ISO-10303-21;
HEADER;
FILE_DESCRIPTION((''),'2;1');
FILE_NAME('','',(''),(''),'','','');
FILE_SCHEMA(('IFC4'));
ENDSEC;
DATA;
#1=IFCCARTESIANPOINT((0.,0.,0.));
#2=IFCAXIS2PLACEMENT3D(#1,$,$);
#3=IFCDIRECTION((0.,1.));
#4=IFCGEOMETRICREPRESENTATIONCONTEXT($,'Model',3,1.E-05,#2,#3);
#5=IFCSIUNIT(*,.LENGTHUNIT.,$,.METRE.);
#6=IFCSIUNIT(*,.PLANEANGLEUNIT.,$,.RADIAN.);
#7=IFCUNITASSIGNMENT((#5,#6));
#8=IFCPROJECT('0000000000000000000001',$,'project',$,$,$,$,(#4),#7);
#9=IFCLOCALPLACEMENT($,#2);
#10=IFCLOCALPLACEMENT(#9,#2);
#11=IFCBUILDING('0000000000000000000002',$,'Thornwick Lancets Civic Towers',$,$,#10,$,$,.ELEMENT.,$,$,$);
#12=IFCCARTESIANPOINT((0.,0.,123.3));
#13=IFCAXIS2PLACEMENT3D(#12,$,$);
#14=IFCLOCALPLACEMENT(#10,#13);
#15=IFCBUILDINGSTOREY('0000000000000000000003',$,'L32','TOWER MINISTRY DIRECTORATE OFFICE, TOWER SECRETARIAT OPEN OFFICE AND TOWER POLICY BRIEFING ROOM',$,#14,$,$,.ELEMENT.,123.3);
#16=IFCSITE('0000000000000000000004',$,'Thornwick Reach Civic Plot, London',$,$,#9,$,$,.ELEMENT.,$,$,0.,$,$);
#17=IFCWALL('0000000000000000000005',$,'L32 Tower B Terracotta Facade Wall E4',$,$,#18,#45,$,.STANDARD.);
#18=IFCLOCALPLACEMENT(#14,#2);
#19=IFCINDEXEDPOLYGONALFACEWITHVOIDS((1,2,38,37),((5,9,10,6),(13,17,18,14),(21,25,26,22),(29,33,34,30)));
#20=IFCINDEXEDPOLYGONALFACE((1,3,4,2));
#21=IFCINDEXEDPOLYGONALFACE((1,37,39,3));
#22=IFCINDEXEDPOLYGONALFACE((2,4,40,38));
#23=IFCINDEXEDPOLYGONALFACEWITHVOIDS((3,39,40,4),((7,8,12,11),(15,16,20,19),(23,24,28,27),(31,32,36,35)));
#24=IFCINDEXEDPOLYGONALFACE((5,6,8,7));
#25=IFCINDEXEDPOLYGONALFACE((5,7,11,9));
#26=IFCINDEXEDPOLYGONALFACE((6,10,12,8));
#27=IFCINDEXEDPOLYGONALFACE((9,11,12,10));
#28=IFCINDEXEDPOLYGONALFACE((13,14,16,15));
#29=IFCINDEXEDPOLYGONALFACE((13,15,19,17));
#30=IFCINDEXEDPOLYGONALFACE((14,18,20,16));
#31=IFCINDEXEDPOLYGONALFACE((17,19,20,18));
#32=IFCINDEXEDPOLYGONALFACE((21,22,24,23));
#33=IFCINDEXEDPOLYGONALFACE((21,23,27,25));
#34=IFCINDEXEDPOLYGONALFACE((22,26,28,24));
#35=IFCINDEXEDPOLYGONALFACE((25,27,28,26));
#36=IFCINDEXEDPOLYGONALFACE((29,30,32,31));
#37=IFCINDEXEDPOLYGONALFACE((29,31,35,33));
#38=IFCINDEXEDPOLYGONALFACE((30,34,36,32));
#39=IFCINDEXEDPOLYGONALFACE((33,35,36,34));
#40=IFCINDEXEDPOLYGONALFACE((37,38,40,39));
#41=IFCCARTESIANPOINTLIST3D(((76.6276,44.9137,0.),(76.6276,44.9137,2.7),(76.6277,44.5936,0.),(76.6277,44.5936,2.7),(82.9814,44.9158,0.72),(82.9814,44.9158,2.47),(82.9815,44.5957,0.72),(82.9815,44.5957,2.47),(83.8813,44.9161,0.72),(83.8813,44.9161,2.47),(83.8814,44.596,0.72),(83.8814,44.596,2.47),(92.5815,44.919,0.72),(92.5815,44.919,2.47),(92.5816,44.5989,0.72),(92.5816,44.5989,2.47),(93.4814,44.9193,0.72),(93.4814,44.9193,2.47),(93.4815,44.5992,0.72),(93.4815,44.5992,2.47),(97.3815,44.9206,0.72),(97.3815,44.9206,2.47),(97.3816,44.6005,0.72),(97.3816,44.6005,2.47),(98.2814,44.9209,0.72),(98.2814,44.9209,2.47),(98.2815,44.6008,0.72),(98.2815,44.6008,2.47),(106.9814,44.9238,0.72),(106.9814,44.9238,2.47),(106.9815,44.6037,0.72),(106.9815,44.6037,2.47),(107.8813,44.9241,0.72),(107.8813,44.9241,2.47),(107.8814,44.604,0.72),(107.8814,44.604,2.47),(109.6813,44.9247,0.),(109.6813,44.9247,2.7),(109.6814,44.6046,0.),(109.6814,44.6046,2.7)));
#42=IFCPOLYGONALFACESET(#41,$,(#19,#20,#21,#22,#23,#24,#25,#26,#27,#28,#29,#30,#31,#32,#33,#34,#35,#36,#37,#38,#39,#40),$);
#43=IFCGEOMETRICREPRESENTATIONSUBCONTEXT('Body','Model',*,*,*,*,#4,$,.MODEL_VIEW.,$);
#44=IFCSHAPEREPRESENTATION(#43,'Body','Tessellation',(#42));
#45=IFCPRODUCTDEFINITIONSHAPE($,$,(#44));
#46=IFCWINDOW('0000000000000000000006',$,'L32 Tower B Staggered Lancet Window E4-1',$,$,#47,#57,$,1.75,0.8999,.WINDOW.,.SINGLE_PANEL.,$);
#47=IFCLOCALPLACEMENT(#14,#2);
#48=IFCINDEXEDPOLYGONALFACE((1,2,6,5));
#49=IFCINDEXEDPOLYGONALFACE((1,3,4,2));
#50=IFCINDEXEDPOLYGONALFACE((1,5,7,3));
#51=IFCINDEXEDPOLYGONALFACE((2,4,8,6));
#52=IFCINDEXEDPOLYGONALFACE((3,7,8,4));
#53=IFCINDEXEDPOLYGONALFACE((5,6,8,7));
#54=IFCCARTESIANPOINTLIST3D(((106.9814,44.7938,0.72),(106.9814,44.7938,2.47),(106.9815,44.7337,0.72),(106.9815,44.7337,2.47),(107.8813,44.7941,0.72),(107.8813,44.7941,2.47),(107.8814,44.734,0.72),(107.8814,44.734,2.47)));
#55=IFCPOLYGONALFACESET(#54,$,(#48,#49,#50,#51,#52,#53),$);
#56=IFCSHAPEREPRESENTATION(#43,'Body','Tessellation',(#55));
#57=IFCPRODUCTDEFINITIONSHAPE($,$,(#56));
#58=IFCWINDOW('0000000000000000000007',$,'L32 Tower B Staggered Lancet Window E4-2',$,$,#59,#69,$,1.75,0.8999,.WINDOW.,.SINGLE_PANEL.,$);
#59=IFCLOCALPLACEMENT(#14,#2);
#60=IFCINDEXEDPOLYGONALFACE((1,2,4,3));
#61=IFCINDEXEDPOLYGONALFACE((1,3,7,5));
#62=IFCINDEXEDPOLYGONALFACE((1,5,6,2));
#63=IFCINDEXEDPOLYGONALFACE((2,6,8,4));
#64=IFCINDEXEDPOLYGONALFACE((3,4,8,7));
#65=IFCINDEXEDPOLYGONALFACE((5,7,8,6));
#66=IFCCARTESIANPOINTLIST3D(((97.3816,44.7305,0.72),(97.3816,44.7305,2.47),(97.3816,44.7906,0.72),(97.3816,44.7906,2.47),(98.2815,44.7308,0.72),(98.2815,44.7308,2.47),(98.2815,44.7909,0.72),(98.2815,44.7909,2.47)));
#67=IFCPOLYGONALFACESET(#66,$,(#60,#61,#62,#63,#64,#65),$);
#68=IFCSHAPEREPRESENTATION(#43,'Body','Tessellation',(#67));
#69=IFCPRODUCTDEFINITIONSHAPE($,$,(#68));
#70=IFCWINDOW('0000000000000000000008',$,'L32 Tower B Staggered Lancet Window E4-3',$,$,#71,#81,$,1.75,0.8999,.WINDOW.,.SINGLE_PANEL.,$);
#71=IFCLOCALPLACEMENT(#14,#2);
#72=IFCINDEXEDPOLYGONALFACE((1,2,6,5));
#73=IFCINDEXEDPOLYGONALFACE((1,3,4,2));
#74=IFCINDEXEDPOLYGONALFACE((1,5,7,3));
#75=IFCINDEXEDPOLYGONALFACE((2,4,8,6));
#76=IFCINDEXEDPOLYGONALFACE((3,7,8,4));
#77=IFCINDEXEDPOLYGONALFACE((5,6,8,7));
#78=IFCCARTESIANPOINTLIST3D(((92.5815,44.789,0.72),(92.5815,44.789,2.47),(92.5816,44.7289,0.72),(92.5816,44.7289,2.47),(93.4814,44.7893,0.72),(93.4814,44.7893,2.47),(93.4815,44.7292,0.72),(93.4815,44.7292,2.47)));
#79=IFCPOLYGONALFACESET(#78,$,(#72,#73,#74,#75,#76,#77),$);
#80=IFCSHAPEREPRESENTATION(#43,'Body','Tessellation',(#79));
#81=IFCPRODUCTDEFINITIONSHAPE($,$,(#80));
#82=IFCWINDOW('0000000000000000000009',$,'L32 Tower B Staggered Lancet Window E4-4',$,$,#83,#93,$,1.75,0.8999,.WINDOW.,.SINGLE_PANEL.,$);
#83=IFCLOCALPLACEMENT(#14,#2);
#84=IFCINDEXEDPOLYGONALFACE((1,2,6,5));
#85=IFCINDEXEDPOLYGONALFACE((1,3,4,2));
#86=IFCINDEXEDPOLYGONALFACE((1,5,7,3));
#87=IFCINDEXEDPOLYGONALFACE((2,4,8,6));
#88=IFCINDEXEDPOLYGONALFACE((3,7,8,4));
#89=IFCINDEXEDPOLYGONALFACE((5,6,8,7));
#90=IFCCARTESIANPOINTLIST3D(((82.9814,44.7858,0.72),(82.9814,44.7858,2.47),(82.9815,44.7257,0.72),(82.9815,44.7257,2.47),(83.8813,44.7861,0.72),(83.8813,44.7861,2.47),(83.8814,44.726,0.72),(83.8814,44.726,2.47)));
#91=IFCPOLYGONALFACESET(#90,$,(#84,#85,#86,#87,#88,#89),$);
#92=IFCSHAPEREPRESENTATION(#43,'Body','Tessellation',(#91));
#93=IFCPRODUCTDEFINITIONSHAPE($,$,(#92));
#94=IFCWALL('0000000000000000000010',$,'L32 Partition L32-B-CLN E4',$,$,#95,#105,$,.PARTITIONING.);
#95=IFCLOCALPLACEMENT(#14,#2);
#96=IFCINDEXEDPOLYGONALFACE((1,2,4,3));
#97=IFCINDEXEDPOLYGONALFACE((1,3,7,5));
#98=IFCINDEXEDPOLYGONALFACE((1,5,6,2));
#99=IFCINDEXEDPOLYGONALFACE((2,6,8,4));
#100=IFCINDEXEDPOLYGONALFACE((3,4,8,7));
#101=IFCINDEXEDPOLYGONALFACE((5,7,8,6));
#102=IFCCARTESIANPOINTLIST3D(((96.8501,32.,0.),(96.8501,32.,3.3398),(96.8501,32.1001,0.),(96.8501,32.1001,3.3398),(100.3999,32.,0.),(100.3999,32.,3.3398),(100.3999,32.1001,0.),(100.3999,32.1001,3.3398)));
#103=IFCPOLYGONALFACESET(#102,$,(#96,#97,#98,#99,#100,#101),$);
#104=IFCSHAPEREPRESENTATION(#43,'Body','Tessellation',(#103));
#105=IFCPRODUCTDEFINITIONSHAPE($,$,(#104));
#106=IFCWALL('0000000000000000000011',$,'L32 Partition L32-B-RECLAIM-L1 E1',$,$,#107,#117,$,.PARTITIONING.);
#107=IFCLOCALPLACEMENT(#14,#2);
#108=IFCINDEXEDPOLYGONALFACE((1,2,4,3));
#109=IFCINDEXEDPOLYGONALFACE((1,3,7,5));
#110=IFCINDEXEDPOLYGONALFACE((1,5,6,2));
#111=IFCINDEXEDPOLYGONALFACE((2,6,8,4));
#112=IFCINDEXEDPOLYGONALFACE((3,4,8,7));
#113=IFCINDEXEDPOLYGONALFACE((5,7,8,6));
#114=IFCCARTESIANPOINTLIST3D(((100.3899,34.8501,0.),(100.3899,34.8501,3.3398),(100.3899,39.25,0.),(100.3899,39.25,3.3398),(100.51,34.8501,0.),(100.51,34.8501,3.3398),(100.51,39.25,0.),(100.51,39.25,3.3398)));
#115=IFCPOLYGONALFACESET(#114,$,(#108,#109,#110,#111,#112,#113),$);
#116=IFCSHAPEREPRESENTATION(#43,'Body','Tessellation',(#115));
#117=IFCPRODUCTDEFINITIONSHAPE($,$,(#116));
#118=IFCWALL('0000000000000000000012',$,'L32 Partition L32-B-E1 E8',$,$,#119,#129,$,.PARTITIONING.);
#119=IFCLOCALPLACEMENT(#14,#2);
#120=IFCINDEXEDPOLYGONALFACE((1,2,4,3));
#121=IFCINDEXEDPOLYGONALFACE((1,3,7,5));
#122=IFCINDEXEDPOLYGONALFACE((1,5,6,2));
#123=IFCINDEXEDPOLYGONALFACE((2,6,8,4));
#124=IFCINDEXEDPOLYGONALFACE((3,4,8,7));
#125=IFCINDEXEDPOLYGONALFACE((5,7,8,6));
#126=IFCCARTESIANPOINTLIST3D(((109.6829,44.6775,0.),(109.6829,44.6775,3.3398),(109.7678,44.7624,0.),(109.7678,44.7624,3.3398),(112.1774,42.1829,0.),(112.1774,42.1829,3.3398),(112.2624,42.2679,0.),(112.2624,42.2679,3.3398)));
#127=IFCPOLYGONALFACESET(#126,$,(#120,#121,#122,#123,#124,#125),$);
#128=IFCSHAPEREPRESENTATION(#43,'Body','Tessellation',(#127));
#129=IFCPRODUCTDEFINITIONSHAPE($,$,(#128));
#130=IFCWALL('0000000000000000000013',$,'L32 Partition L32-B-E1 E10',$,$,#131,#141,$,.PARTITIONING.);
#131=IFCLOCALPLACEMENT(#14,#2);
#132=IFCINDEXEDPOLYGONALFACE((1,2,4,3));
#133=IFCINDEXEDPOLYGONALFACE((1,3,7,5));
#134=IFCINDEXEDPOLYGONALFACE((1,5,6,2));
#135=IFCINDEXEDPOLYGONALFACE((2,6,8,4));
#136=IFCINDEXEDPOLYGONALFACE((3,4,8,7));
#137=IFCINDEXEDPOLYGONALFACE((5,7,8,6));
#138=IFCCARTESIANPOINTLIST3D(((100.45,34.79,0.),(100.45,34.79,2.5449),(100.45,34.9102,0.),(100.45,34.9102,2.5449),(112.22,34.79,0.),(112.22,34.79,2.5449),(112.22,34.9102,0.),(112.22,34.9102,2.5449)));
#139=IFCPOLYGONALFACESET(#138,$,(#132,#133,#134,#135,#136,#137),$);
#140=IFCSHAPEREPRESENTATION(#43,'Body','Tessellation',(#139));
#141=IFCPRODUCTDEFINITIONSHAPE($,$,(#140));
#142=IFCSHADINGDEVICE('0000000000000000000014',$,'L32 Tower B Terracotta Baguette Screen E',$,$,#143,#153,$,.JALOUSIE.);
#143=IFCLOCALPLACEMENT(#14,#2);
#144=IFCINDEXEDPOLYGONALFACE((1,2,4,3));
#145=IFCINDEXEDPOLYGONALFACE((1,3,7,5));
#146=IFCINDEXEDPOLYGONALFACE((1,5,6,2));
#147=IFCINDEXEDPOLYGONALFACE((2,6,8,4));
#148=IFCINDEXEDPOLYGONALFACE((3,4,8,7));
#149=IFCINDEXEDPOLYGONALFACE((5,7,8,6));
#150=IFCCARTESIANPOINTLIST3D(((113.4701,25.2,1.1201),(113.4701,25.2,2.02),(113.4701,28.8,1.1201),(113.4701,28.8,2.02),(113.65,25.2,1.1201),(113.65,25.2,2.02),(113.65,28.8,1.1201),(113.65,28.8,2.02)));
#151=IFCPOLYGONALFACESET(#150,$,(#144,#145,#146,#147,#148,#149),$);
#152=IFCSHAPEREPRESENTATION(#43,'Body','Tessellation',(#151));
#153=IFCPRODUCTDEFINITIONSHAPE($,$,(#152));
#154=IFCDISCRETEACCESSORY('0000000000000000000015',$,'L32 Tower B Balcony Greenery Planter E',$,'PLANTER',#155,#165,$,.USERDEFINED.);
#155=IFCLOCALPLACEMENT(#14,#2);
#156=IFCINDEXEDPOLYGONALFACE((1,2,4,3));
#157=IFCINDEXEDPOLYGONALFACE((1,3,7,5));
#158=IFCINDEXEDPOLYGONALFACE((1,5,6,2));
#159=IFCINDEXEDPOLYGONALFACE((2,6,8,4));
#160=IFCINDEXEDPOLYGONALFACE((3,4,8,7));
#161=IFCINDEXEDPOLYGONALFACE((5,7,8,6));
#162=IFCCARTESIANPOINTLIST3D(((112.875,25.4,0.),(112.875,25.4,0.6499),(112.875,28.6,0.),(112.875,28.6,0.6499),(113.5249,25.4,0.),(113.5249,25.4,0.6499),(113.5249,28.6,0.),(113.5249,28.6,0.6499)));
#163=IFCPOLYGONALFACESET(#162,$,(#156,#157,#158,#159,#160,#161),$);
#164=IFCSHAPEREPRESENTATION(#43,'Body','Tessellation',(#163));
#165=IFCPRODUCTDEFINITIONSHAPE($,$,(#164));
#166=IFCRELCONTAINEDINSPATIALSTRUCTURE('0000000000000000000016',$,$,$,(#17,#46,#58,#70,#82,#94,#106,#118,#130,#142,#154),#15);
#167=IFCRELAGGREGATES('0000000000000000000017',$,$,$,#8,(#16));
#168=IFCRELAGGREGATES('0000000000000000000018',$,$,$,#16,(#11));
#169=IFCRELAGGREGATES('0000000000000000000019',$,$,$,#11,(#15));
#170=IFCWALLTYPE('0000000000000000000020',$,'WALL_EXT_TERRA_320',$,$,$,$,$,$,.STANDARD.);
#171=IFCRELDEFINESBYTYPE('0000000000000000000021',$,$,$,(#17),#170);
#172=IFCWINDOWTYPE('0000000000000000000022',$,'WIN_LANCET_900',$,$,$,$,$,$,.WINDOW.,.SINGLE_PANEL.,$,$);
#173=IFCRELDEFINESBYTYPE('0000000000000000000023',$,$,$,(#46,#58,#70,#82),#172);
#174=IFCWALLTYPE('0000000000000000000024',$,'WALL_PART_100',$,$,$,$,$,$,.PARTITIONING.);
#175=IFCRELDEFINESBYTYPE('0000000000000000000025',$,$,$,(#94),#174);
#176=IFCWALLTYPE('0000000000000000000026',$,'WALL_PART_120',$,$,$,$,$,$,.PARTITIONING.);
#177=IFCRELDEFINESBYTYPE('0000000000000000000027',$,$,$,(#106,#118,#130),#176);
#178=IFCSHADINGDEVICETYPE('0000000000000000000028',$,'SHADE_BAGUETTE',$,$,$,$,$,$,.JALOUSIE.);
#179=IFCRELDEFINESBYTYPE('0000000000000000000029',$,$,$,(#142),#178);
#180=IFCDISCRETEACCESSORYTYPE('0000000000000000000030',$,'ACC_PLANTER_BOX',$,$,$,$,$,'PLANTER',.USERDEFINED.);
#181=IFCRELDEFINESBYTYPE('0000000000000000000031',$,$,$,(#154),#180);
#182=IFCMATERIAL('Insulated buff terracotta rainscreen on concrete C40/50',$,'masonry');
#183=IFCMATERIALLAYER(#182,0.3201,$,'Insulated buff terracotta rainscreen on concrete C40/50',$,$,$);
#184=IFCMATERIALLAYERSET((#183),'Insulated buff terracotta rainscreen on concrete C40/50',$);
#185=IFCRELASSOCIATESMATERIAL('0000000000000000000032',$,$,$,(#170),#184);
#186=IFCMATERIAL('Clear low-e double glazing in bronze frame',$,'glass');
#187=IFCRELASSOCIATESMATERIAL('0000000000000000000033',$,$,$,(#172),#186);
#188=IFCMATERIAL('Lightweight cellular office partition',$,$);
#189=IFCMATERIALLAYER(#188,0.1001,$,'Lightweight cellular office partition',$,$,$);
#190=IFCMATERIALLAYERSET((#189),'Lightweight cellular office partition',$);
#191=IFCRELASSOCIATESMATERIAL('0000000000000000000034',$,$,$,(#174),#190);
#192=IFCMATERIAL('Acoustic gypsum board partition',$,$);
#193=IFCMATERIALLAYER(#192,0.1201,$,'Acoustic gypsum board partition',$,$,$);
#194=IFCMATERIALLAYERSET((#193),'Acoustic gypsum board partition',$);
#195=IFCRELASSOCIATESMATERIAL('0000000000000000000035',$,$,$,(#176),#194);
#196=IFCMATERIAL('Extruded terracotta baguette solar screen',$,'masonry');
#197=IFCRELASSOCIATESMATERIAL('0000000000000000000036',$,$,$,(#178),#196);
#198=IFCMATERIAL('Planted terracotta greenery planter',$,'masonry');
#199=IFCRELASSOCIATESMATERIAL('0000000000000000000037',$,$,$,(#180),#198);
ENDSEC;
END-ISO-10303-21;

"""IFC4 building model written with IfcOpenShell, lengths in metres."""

from ifc_helpers import new_model, si_unit, direction, frame, frame_2d, origin, origin_2d, place, context, subcontext, project, spatial, rectangle, extrude, material, layer, layer_set, type_object, element, fill, save


model = new_model("IFC4")

# Units and contexts
model_context = context("Model", 3, precision=1e-05, world=origin(), true_north=direction((0.0, 1.0)))
body_context = subcontext(model_context, "Body", "Model", "MODEL_VIEW")
ifc_project = project(units=[si_unit("LENGTHUNIT", "METRE"), si_unit("PLANEANGLEUNIT", "RADIAN")], contexts=[model_context])

# Site, building, storey
site_placement = place(None, origin())
site = spatial("IfcSite", under=ifc_project, at=site_placement, Name="Thornwick Reach Civic Plot, London", CompositionType="ELEMENT", RefElevation=0.0)
building_placement = place(site_placement, origin())
building = spatial("IfcBuilding", under=site, at=building_placement, Name="Thornwick Lancets Civic Towers", CompositionType="ELEMENT")
storey_placement = place(building_placement, frame((0.0, 0.0, 123.3)))
storey = spatial("IfcBuildingStorey", under=building, at=storey_placement, Name="L32", Description="TOWER MINISTRY DIRECTORATE OFFICE, TOWER SECRETARIAT OPEN OFFICE AND TOWER POLICY BRIEFING ROOM", CompositionType="ELEMENT", Elevation=123.3)

# Wall, openings, windows
ifc_material_1 = material(Name="Insulated buff terracotta rainscreen on concrete C40/50", Category="masonry")
ifc_layer_1 = layer(ifc_material_1, 0.3201, Name="Insulated buff terracotta rainscreen on concrete C40/50")
ifc_layer_set_1 = layer_set([ifc_layer_1], Name="Insulated buff terracotta rainscreen on concrete C40/50")
wall_type_1 = type_object("IfcWallType", Name="WALL_EXT_TERRA_320", PredefinedType="STANDARD", material=ifc_layer_set_1)
wall_1_placement = place(storey_placement, frame((109.6814, 44.7646, 0.0), z_axis=(0.0, 0.0, 1.0), x_axis=(-1.0, -0.000332, 0.0)))
wall_1 = element("IfcWall", 1, at=wall_1_placement, inside=storey, type_object=wall_type_1, Name="L32 Tower B Terracotta Facade Wall E4", PredefinedType="STANDARD", context=body_context, shape_type="SweptSolid", body=[
    extrude(rectangle(XDim=33.0537, YDim=0.3201, at=frame_2d((16.5269, 0.0))), origin(), (0.0, 0.0, 1.0), 2.7),
])
opening_1_placement = place(wall_1_placement, frame((1.8, 0.0, 0.72)))
opening_1 = element("IfcOpeningElement", 2, at=opening_1_placement, cuts=wall_1, PredefinedType="OPENING", context=body_context, shape_type="SweptSolid", body=[
    extrude(rectangle(XDim=0.8999, YDim=1.75, at=frame_2d((0.45, 0.875))), frame((0.0, 0.1699, 0.0), z_axis=(0.0, -1.0, 0.0), x_axis=(1.0, 0.0, 0.0)), (0.0, 0.0, 1.0), 0.3401),
])
opening_2_placement = place(wall_1_placement, frame((11.3999, 0.0, 0.72)))
opening_2 = element("IfcOpeningElement", 3, at=opening_2_placement, cuts=wall_1, PredefinedType="OPENING", context=body_context, shape_type="SweptSolid", body=[
    extrude(rectangle(XDim=0.8999, YDim=1.75, at=frame_2d((0.45, 0.875))), frame((0.0, 0.1699, 0.0), z_axis=(0.0, -1.0, 0.0), x_axis=(1.0, 0.0, 0.0)), (0.0, 0.0, 1.0), 0.3401),
])
opening_3_placement = place(wall_1_placement, frame((16.2, 0.0, 0.72)))
opening_3 = element("IfcOpeningElement", 4, at=opening_3_placement, cuts=wall_1, PredefinedType="OPENING", context=body_context, shape_type="SweptSolid", body=[
    extrude(rectangle(XDim=0.8999, YDim=1.75, at=frame_2d((0.45, 0.875))), frame((0.0, 0.1699, 0.0), z_axis=(0.0, -1.0, 0.0), x_axis=(1.0, 0.0, 0.0)), (0.0, 0.0, 1.0), 0.3401),
])
opening_4_placement = place(wall_1_placement, frame((25.8, 0.0, 0.72)))
opening_4 = element("IfcOpeningElement", 5, at=opening_4_placement, cuts=wall_1, PredefinedType="OPENING", context=body_context, shape_type="SweptSolid", body=[
    extrude(rectangle(XDim=0.8999, YDim=1.75, at=frame_2d((0.45, 0.875))), frame((0.0, 0.1699, 0.0), z_axis=(0.0, -1.0, 0.0), x_axis=(1.0, 0.0, 0.0)), (0.0, 0.0, 1.0), 0.3401),
])
ifc_material_2 = material(Name="Clear low-e double glazing in bronze frame", Category="glass")
window_type = type_object("IfcWindowType", Name="WIN_LANCET_900", PartitioningType="SINGLE_PANEL", PredefinedType="WINDOW", material=ifc_material_2)
window_1_placement = place(opening_1_placement, origin())
window_1 = element("IfcWindow", 6, at=window_1_placement, inside=storey, type_object=window_type, Name="L32 Tower B Staggered Lancet Window E4-1", OverallHeight=1.75, OverallWidth=0.8999, PartitioningType="SINGLE_PANEL", PredefinedType="WINDOW", context=body_context, shape_type="SweptSolid", body=[
    extrude(rectangle(XDim=0.8999, YDim=1.75, at=frame_2d((0.45, 0.875))), frame((0.0, 0.03, 0.0), z_axis=(0.0, -1.0, 0.0), x_axis=(1.0, 0.0, 0.0)), (0.0, 0.0, 1.0), 0.0601),
])
fill(opening_1, window_1)
window_2_placement = place(opening_2_placement, origin())
window_2 = element("IfcWindow", 7, at=window_2_placement, inside=storey, type_object=window_type, Name="L32 Tower B Staggered Lancet Window E4-2", OverallHeight=1.75, OverallWidth=0.8999, PartitioningType="SINGLE_PANEL", PredefinedType="WINDOW", context=body_context, shape_type="SweptSolid", body=[
    extrude(rectangle(XDim=0.8999, YDim=1.75, at=frame_2d((0.45, 0.875))), frame((0.0, 0.03, 0.0), z_axis=(0.0, -1.0, 0.0), x_axis=(1.0, 0.0, 0.0)), (0.0, 0.0, 1.0), 0.0601),
])
fill(opening_2, window_2)
window_3_placement = place(opening_3_placement, origin())
window_3 = element("IfcWindow", 8, at=window_3_placement, inside=storey, type_object=window_type, Name="L32 Tower B Staggered Lancet Window E4-3", OverallHeight=1.75, OverallWidth=0.8999, PartitioningType="SINGLE_PANEL", PredefinedType="WINDOW", context=body_context, shape_type="SweptSolid", body=[
    extrude(rectangle(XDim=0.8999, YDim=1.75, at=frame_2d((0.45, 0.875))), frame((0.0, 0.03, 0.0), z_axis=(0.0, -1.0, 0.0), x_axis=(1.0, 0.0, 0.0)), (0.0, 0.0, 1.0), 0.0601),
])
fill(opening_3, window_3)
window_4_placement = place(opening_4_placement, origin())
window_4 = element("IfcWindow", 9, at=window_4_placement, inside=storey, type_object=window_type, Name="L32 Tower B Staggered Lancet Window E4-4", OverallHeight=1.75, OverallWidth=0.8999, PartitioningType="SINGLE_PANEL", PredefinedType="WINDOW", context=body_context, shape_type="SweptSolid", body=[
    extrude(rectangle(XDim=0.8999, YDim=1.75, at=frame_2d((0.45, 0.875))), frame((0.0, 0.03, 0.0), z_axis=(0.0, -1.0, 0.0), x_axis=(1.0, 0.0, 0.0)), (0.0, 0.0, 1.0), 0.0601),
])
fill(opening_4, window_4)

# Walls
ifc_material_3 = material(Name="Lightweight cellular office partition")
ifc_layer_2 = layer(ifc_material_3, 0.1001, Name="Lightweight cellular office partition")
ifc_layer_set_2 = layer_set([ifc_layer_2], Name="Lightweight cellular office partition")
wall_type_2 = type_object("IfcWallType", Name="WALL_PART_100", PredefinedType="PARTITIONING", material=ifc_layer_set_2)
wall_2_placement = place(storey_placement, frame((100.3999, 32.05, 0.0), z_axis=(0.0, 0.0, 1.0), x_axis=(-1.0, 0.0, 0.0)))
element("IfcWall", 10, at=wall_2_placement, inside=storey, type_object=wall_type_2, Name="L32 Partition L32-B-CLN E4", PredefinedType="PARTITIONING", context=body_context, shape_type="SweptSolid", body=[
    extrude(rectangle(XDim=3.5498, YDim=0.1001, at=frame_2d((1.7749, 0.0))), origin(), (0.0, 0.0, 1.0), 3.3398),
])
ifc_material_4 = material(Name="Acoustic gypsum board partition")
ifc_layer_3 = layer(ifc_material_4, 0.1201, Name="Acoustic gypsum board partition")
ifc_layer_set_3 = layer_set([ifc_layer_3], Name="Acoustic gypsum board partition")
wall_type_3 = type_object("IfcWallType", Name="WALL_PART_120", PredefinedType="PARTITIONING", material=ifc_layer_set_3)
wall_3_placement = place(storey_placement, frame((100.45, 39.25, 0.0), z_axis=(0.0, 0.0, 1.0), x_axis=(0.0, -1.0, 0.0)))
element("IfcWall", 11, at=wall_3_placement, inside=storey, type_object=wall_type_3, Name="L32 Partition L32-B-RECLAIM-L1 E1", PredefinedType="PARTITIONING", context=body_context, shape_type="SweptSolid", body=[
    extrude(rectangle(XDim=4.3999, YDim=0.1201, at=frame_2d((2.2, 0.0))), origin(), (0.0, 0.0, 1.0), 3.3398),
])
wall_4_placement = place(storey_placement, frame((109.7253, 44.72, 0.0), z_axis=(0.0, 0.0, 1.0), x_axis=(0.707107, -0.707107, 0.0)))
element("IfcWall", 12, at=wall_4_placement, inside=storey, type_object=wall_type_3, Name="L32 Partition L32-B-E1 E8", PredefinedType="PARTITIONING", context=body_context, shape_type="SweptSolid", body=[
    extrude(rectangle(XDim=3.5278, YDim=0.1201, at=frame_2d((1.7639, 0.0))), origin(), (0.0, 0.0, 1.0), 3.3398),
])
wall_5_placement = place(storey_placement, frame((112.22, 34.8501, 0.0), z_axis=(0.0, 0.0, 1.0), x_axis=(-1.0, 0.0, 0.0)))
element("IfcWall", 13, at=wall_5_placement, inside=storey, type_object=wall_type_3, Name="L32 Partition L32-B-E1 E10", PredefinedType="PARTITIONING", context=body_context, shape_type="SweptSolid", body=[
    extrude(rectangle(XDim=11.77, YDim=0.1201, at=frame_2d((5.885, 0.0))), origin(), (0.0, 0.0, 1.0), 2.5449),
])

# Shading device
ifc_material_5 = material(Name="Extruded terracotta baguette solar screen", Category="masonry")
shading_device_type = type_object("IfcShadingDeviceType", Name="SHADE_BAGUETTE", PredefinedType="JALOUSIE", material=ifc_material_5)
shading_device_placement = place(storey_placement, frame((113.5601, 27.0, 1.1201), z_axis=(0.0, 0.0, 1.0), x_axis=(0.0, 1.0, 0.0)))
element("IfcShadingDevice", 14, at=shading_device_placement, inside=storey, type_object=shading_device_type, Name="L32 Tower B Terracotta Baguette Screen E", PredefinedType="JALOUSIE", context=body_context, shape_type="SweptSolid", body=[
    extrude(rectangle(XDim=3.6001, YDim=0.1799, at=origin_2d()), origin(), (0.0, 0.0, 1.0), 0.8999),
])

# Discrete accessory
ifc_material_6 = material(Name="Planted terracotta greenery planter", Category="masonry")
discrete_accessory_type_1 = type_object("IfcDiscreteAccessoryType", Name="ACC_PLANTER_BOX", ElementType="PLANTER", PredefinedType="USERDEFINED", material=ifc_material_6)
discrete_accessory_1_placement = place(storey_placement, frame((113.2, 27.0, 0.0), z_axis=(0.0, 0.0, 1.0), x_axis=(1.0, 0.0, 0.0)))
element("IfcDiscreteAccessory", 15, at=discrete_accessory_1_placement, inside=storey, type_object=discrete_accessory_type_1, Name="L32 Tower B Balcony Greenery Planter E", ObjectType="PLANTER", PredefinedType="USERDEFINED", context=body_context, shape_type="SweptSolid", body=[
    extrude(rectangle(XDim=0.6499, YDim=3.2, at=origin_2d()), origin(), (0.0, 0.0, 1.0), 0.6499),
])

save(model, "model.ifc")
